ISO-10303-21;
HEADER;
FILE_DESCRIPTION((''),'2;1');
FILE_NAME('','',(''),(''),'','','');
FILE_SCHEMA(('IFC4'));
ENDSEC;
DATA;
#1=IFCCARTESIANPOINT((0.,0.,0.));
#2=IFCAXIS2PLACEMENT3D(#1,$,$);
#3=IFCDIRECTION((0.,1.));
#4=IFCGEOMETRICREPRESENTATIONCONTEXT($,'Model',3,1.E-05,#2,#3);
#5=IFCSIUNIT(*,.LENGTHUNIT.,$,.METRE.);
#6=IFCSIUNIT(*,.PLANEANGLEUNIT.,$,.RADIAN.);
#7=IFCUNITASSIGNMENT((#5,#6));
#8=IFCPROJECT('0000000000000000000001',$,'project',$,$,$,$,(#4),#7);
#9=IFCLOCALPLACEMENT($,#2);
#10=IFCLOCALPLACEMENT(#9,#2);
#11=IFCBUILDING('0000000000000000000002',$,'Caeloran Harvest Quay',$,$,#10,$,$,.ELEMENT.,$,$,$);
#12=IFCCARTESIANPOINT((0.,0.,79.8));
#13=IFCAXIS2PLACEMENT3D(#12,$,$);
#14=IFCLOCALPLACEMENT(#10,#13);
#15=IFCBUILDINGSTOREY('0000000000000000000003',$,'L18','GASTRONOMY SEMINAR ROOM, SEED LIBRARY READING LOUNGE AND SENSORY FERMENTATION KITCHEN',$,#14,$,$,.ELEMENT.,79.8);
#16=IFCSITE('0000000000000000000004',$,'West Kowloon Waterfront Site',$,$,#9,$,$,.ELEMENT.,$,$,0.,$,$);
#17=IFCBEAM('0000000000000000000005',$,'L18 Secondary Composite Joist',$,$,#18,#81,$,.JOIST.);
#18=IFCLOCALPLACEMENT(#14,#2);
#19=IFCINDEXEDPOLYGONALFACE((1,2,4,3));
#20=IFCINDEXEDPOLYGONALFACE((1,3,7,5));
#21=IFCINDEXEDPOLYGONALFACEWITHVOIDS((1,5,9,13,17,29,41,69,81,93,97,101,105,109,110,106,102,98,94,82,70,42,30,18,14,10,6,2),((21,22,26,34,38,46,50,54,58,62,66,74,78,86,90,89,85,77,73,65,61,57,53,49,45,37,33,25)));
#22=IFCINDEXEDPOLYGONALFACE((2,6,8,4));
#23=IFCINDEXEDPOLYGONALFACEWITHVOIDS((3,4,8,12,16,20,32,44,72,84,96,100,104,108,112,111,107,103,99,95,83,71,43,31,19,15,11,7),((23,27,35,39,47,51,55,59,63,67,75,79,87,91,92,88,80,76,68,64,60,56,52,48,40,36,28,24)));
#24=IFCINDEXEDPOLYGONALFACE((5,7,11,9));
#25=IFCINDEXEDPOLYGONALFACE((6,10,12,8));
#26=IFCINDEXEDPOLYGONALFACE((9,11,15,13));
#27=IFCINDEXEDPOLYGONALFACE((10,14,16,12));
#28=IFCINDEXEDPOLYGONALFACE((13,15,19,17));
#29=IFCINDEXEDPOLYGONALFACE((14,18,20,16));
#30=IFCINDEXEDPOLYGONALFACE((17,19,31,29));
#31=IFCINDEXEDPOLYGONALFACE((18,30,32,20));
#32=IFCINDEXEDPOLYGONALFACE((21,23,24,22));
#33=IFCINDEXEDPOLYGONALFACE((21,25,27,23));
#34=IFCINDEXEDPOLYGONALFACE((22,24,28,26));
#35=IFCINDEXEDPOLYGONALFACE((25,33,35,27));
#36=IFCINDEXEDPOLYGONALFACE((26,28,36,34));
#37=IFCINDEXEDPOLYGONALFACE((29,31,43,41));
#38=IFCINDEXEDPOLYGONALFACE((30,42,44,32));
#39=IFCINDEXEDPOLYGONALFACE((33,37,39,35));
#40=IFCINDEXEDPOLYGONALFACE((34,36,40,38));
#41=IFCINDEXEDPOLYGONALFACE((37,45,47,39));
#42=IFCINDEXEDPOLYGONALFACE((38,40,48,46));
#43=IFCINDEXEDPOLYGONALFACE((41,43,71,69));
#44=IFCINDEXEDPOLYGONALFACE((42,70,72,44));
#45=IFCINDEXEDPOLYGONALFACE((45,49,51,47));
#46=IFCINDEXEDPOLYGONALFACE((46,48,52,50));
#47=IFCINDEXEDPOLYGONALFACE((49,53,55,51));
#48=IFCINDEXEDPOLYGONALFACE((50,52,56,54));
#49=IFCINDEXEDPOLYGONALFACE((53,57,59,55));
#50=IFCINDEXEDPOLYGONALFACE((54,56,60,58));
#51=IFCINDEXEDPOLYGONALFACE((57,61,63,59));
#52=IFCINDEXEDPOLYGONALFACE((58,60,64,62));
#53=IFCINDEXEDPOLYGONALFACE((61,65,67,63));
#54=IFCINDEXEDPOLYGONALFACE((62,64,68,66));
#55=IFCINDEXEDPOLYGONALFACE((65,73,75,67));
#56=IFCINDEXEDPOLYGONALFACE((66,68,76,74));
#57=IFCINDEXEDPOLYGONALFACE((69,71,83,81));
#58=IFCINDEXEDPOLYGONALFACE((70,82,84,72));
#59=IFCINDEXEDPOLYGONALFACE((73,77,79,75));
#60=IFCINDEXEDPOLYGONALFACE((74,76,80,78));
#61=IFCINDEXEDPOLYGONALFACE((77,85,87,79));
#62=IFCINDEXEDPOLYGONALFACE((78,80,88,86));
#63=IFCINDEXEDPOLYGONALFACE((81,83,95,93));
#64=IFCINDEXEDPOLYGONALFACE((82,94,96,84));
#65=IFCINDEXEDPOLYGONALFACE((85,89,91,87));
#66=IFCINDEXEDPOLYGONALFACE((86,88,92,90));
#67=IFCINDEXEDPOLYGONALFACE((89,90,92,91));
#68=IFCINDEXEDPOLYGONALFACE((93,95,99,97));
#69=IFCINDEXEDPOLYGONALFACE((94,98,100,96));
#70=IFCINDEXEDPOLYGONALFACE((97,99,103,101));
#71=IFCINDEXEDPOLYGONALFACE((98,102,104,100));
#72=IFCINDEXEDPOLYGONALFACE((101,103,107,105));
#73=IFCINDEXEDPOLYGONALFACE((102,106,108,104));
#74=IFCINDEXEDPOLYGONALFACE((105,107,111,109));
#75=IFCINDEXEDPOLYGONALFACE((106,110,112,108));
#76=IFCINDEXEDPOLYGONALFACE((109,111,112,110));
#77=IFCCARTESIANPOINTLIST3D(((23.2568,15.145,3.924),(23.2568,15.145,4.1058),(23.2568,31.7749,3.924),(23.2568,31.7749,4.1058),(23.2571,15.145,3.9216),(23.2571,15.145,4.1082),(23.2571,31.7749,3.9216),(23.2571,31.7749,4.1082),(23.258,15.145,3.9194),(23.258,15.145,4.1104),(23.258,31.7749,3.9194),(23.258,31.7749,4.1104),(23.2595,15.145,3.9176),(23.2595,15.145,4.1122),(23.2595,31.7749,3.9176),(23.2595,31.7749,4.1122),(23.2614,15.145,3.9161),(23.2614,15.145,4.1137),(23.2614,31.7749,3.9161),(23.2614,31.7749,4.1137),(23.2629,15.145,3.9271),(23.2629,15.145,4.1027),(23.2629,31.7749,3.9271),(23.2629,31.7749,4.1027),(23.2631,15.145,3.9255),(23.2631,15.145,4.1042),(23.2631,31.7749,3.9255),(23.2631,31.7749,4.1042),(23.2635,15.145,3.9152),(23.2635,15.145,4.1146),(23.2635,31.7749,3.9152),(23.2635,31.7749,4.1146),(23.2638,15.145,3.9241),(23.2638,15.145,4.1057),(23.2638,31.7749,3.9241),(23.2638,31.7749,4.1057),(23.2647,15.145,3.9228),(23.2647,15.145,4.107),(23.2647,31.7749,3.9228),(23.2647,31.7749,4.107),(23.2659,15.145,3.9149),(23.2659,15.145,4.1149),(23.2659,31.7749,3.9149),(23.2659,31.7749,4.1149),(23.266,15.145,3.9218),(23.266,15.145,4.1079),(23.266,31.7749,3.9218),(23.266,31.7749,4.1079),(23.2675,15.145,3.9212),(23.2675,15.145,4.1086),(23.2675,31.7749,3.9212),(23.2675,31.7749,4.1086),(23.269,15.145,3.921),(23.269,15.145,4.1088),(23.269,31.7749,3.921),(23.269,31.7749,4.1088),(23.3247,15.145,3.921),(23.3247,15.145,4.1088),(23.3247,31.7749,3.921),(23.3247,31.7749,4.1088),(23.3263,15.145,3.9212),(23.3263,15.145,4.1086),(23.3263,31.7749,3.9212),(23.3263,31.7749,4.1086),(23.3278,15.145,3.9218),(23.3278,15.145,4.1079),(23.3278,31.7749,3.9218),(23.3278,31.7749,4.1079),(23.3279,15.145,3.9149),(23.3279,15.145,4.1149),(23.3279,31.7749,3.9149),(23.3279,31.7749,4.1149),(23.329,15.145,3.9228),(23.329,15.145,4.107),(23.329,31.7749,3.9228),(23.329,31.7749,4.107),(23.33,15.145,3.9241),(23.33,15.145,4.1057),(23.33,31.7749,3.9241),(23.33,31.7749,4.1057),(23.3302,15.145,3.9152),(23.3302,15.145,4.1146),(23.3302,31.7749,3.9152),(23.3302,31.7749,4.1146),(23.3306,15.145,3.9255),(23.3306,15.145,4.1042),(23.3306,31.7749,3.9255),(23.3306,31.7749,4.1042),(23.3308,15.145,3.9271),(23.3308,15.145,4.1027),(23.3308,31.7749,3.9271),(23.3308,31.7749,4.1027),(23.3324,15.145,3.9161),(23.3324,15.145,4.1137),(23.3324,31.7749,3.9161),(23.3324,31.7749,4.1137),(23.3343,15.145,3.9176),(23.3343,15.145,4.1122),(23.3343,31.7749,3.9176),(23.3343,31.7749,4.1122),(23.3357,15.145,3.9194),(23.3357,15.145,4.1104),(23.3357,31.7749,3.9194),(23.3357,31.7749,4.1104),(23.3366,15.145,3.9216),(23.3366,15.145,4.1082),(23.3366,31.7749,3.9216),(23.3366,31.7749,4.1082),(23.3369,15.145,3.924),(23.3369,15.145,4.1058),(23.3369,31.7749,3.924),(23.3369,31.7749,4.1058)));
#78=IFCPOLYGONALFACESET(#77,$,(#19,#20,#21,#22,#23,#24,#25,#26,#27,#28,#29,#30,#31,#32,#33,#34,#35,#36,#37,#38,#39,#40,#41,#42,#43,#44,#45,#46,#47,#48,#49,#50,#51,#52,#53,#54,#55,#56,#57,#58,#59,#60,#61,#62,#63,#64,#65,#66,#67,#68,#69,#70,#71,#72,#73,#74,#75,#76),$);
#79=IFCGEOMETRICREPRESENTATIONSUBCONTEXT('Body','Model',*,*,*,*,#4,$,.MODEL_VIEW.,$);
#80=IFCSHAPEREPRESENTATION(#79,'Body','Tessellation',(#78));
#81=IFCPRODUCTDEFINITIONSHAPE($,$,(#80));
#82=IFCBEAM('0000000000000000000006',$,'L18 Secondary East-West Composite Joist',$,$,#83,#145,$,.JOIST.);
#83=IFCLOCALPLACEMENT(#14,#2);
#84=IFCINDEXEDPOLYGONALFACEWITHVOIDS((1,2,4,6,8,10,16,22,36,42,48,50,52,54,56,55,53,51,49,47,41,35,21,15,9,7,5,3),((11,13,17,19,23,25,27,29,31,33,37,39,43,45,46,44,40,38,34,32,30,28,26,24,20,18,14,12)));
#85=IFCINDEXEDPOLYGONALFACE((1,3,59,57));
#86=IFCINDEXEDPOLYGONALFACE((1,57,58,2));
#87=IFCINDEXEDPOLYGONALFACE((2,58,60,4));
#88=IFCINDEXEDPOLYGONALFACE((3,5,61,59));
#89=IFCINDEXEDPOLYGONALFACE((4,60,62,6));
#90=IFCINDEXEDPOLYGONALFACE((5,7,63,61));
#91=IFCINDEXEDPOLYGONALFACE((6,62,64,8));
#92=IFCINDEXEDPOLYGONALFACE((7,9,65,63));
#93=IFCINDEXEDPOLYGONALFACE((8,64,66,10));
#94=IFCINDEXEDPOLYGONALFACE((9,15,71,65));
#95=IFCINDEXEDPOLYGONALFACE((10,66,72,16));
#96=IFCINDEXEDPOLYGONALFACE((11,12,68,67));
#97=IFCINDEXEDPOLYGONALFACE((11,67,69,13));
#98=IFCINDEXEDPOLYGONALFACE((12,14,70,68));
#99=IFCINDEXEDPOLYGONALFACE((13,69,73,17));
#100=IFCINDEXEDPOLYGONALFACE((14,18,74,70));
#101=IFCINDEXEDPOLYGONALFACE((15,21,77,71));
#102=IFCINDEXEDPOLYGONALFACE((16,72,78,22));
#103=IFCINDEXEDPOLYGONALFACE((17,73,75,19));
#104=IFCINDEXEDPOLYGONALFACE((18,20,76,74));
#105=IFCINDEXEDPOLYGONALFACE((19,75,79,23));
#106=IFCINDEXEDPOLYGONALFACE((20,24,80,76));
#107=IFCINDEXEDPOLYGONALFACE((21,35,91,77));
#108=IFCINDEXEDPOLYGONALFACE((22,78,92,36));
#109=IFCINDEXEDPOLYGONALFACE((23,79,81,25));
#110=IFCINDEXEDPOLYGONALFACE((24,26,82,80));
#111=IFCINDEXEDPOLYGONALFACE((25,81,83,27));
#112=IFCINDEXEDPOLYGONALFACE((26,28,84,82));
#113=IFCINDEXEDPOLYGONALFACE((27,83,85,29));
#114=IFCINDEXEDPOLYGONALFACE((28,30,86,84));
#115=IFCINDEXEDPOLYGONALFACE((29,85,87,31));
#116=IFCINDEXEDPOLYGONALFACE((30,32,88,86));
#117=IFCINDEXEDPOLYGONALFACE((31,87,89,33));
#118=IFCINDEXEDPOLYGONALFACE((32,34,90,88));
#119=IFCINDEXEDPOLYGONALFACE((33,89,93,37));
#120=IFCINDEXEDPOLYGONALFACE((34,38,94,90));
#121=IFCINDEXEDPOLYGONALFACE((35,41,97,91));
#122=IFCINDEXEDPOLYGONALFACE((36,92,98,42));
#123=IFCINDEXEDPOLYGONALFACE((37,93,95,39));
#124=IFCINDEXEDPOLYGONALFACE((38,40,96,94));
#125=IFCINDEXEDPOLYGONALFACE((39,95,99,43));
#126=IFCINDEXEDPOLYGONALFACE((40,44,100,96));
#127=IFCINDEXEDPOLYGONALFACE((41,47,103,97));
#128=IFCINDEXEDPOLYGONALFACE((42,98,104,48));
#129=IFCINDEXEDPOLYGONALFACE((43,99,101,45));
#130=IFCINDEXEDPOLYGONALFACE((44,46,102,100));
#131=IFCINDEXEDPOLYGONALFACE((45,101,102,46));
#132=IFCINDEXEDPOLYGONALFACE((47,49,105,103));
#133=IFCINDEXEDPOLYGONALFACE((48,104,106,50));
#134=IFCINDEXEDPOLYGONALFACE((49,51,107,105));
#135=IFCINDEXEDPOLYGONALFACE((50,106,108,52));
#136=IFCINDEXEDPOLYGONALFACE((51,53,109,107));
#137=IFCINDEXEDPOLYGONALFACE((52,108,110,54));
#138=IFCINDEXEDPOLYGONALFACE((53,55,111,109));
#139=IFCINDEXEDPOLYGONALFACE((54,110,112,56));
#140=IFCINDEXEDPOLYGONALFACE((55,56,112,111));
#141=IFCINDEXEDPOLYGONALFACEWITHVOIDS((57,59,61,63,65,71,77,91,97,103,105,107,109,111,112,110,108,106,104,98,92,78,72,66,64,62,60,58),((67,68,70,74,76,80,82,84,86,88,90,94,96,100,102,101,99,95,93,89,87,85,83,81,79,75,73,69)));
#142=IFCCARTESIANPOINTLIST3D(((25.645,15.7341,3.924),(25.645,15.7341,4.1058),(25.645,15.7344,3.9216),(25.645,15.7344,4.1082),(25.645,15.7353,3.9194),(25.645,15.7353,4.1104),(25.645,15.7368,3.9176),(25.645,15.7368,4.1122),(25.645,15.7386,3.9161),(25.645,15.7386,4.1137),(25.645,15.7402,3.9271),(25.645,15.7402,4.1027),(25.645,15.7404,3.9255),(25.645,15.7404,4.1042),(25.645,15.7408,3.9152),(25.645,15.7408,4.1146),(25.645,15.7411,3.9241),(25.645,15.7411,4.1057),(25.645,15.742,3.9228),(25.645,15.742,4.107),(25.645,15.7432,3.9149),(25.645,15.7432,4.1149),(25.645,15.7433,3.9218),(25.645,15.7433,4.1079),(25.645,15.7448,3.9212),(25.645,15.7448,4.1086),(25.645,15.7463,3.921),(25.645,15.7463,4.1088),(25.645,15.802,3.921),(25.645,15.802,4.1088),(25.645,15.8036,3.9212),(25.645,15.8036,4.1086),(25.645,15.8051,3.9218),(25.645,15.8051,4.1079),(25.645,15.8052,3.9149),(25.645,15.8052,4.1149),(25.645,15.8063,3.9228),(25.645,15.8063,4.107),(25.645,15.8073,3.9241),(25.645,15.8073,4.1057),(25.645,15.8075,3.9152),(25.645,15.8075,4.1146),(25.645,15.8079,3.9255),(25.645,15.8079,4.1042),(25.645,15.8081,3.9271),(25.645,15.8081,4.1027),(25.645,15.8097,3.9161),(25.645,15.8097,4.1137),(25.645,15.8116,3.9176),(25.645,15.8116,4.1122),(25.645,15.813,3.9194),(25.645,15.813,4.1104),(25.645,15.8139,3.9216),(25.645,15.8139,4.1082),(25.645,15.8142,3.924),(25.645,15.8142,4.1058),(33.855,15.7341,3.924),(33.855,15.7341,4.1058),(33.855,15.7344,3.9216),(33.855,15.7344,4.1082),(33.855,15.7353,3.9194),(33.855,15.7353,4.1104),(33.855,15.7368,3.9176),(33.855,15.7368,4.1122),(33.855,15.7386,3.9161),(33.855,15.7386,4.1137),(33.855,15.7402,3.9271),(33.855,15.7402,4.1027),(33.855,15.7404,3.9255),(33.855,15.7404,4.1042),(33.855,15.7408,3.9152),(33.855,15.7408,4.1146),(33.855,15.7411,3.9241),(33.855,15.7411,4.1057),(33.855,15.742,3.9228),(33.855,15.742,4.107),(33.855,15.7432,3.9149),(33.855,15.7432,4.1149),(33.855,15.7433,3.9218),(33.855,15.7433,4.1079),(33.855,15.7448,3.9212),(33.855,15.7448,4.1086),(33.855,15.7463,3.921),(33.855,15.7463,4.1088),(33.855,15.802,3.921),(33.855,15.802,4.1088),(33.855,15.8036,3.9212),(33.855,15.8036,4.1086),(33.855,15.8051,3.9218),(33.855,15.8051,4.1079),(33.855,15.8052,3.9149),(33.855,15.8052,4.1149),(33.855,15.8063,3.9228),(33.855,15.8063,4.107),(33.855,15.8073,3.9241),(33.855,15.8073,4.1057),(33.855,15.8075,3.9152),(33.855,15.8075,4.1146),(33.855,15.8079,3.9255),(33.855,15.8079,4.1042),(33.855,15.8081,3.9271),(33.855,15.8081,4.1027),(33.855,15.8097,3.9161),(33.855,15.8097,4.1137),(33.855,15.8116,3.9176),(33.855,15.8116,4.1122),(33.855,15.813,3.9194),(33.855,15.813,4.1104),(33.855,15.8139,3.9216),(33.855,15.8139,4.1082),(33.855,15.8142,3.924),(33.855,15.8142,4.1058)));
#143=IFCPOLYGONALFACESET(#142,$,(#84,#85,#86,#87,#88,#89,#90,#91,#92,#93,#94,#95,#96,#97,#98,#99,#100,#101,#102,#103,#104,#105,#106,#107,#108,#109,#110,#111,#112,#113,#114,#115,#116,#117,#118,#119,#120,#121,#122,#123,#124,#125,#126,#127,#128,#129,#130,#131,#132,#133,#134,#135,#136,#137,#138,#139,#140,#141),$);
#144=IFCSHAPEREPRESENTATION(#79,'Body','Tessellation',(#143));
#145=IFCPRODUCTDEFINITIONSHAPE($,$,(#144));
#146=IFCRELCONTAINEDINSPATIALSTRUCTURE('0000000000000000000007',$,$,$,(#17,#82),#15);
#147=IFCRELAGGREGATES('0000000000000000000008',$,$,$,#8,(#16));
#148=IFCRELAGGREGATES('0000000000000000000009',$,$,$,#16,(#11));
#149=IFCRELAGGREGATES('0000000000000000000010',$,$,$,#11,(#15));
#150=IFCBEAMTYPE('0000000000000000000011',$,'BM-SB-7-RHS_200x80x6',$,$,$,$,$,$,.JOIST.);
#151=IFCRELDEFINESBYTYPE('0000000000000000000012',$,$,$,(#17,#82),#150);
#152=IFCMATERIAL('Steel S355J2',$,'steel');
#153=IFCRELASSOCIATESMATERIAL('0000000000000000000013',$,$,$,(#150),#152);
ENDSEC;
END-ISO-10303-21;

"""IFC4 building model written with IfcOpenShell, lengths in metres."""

from ifc_helpers import new_model, si_unit, direction, frame, origin, origin_2d, place, context, subcontext, project, spatial, hollow_rectangle, extrude, material, material_profile, profile_set, type_object, element, save


model = new_model("IFC4")

# Units and contexts
model_context = context("Model", 3, precision=1e-05, world=origin(), true_north=direction((0.0, 1.0)))
body_context = subcontext(model_context, "Body", "Model", "MODEL_VIEW")
ifc_project = project(units=[si_unit("LENGTHUNIT", "METRE"), si_unit("PLANEANGLEUNIT", "RADIAN")], contexts=[model_context])

# Site, building, storey
site_placement = place(None, origin())
site = spatial("IfcSite", under=ifc_project, at=site_placement, Name="West Kowloon Waterfront Site", CompositionType="ELEMENT", RefElevation=0.0)
building_placement = place(site_placement, origin())
building = spatial("IfcBuilding", under=site, at=building_placement, Name="Caeloran Harvest Quay", CompositionType="ELEMENT")
storey_placement = place(building_placement, frame((0.0, 0.0, 79.8)))
storey = spatial("IfcBuildingStorey", under=building, at=storey_placement, Name="L18", Description="GASTRONOMY SEMINAR ROOM, SEED LIBRARY READING LOUNGE AND SENSORY FERMENTATION KITCHEN", CompositionType="ELEMENT", Elevation=79.8)

# Beams
ifc_material_1 = material(Name="Steel S355J2", Category="steel")
ifc_material_profile_1 = material_profile(ifc_material_1, hollow_rectangle(XDim=0.0801, YDim=0.2, WallThickness=0.0061, InnerFilletRadius=0.0061, OuterFilletRadius=0.009, at=origin_2d()), Name="RHS 200x80x6")
ifc_profile_set_1 = profile_set([ifc_material_profile_1], Name="Steel S355J2")
beam_type_1 = type_object("IfcBeamType", Name="BM-SB-7-RHS_200x80x6", PredefinedType="JOIST", material=ifc_profile_set_1)
for number, where, z_axis, x_axis, name in (
    (1, (23.2969, 15.145, 4.0149), (0.0, 1.0, 0.0), (-1.0, 0.0, 0.0), "L18 Secondary Composite Joist"),
):
    element("IfcBeam", number, at=place(storey_placement, frame(where, z_axis=z_axis, x_axis=x_axis)), inside=storey, type_object=beam_type_1, Name=name, PredefinedType="JOIST", context=body_context, shape_type="SweptSolid", body=[
        extrude(hollow_rectangle(XDim=0.0801, YDim=0.2, WallThickness=0.0061, InnerFilletRadius=0.0061, OuterFilletRadius=0.009, at=origin_2d()), origin(), (0.0, 0.0, 1.0), 16.6299),
    ])
for number, where, z_axis, x_axis, name in (
    (2, (25.645, 15.7742, 4.0149), (1.0, 0.0, 0.0), (0.0, 1.0, 0.0), "L18 Secondary East-West Composite Joist"),
):
    element("IfcBeam", number, at=place(storey_placement, frame(where, z_axis=z_axis, x_axis=x_axis)), inside=storey, type_object=beam_type_1, Name=name, PredefinedType="JOIST", context=body_context, shape_type="SweptSolid", body=[
        extrude(hollow_rectangle(XDim=0.0801, YDim=0.2, WallThickness=0.0061, InnerFilletRadius=0.0061, OuterFilletRadius=0.009, at=origin_2d()), origin(), (0.0, 0.0, 1.0), 8.21),
    ])

save(model, "model.ifc")
